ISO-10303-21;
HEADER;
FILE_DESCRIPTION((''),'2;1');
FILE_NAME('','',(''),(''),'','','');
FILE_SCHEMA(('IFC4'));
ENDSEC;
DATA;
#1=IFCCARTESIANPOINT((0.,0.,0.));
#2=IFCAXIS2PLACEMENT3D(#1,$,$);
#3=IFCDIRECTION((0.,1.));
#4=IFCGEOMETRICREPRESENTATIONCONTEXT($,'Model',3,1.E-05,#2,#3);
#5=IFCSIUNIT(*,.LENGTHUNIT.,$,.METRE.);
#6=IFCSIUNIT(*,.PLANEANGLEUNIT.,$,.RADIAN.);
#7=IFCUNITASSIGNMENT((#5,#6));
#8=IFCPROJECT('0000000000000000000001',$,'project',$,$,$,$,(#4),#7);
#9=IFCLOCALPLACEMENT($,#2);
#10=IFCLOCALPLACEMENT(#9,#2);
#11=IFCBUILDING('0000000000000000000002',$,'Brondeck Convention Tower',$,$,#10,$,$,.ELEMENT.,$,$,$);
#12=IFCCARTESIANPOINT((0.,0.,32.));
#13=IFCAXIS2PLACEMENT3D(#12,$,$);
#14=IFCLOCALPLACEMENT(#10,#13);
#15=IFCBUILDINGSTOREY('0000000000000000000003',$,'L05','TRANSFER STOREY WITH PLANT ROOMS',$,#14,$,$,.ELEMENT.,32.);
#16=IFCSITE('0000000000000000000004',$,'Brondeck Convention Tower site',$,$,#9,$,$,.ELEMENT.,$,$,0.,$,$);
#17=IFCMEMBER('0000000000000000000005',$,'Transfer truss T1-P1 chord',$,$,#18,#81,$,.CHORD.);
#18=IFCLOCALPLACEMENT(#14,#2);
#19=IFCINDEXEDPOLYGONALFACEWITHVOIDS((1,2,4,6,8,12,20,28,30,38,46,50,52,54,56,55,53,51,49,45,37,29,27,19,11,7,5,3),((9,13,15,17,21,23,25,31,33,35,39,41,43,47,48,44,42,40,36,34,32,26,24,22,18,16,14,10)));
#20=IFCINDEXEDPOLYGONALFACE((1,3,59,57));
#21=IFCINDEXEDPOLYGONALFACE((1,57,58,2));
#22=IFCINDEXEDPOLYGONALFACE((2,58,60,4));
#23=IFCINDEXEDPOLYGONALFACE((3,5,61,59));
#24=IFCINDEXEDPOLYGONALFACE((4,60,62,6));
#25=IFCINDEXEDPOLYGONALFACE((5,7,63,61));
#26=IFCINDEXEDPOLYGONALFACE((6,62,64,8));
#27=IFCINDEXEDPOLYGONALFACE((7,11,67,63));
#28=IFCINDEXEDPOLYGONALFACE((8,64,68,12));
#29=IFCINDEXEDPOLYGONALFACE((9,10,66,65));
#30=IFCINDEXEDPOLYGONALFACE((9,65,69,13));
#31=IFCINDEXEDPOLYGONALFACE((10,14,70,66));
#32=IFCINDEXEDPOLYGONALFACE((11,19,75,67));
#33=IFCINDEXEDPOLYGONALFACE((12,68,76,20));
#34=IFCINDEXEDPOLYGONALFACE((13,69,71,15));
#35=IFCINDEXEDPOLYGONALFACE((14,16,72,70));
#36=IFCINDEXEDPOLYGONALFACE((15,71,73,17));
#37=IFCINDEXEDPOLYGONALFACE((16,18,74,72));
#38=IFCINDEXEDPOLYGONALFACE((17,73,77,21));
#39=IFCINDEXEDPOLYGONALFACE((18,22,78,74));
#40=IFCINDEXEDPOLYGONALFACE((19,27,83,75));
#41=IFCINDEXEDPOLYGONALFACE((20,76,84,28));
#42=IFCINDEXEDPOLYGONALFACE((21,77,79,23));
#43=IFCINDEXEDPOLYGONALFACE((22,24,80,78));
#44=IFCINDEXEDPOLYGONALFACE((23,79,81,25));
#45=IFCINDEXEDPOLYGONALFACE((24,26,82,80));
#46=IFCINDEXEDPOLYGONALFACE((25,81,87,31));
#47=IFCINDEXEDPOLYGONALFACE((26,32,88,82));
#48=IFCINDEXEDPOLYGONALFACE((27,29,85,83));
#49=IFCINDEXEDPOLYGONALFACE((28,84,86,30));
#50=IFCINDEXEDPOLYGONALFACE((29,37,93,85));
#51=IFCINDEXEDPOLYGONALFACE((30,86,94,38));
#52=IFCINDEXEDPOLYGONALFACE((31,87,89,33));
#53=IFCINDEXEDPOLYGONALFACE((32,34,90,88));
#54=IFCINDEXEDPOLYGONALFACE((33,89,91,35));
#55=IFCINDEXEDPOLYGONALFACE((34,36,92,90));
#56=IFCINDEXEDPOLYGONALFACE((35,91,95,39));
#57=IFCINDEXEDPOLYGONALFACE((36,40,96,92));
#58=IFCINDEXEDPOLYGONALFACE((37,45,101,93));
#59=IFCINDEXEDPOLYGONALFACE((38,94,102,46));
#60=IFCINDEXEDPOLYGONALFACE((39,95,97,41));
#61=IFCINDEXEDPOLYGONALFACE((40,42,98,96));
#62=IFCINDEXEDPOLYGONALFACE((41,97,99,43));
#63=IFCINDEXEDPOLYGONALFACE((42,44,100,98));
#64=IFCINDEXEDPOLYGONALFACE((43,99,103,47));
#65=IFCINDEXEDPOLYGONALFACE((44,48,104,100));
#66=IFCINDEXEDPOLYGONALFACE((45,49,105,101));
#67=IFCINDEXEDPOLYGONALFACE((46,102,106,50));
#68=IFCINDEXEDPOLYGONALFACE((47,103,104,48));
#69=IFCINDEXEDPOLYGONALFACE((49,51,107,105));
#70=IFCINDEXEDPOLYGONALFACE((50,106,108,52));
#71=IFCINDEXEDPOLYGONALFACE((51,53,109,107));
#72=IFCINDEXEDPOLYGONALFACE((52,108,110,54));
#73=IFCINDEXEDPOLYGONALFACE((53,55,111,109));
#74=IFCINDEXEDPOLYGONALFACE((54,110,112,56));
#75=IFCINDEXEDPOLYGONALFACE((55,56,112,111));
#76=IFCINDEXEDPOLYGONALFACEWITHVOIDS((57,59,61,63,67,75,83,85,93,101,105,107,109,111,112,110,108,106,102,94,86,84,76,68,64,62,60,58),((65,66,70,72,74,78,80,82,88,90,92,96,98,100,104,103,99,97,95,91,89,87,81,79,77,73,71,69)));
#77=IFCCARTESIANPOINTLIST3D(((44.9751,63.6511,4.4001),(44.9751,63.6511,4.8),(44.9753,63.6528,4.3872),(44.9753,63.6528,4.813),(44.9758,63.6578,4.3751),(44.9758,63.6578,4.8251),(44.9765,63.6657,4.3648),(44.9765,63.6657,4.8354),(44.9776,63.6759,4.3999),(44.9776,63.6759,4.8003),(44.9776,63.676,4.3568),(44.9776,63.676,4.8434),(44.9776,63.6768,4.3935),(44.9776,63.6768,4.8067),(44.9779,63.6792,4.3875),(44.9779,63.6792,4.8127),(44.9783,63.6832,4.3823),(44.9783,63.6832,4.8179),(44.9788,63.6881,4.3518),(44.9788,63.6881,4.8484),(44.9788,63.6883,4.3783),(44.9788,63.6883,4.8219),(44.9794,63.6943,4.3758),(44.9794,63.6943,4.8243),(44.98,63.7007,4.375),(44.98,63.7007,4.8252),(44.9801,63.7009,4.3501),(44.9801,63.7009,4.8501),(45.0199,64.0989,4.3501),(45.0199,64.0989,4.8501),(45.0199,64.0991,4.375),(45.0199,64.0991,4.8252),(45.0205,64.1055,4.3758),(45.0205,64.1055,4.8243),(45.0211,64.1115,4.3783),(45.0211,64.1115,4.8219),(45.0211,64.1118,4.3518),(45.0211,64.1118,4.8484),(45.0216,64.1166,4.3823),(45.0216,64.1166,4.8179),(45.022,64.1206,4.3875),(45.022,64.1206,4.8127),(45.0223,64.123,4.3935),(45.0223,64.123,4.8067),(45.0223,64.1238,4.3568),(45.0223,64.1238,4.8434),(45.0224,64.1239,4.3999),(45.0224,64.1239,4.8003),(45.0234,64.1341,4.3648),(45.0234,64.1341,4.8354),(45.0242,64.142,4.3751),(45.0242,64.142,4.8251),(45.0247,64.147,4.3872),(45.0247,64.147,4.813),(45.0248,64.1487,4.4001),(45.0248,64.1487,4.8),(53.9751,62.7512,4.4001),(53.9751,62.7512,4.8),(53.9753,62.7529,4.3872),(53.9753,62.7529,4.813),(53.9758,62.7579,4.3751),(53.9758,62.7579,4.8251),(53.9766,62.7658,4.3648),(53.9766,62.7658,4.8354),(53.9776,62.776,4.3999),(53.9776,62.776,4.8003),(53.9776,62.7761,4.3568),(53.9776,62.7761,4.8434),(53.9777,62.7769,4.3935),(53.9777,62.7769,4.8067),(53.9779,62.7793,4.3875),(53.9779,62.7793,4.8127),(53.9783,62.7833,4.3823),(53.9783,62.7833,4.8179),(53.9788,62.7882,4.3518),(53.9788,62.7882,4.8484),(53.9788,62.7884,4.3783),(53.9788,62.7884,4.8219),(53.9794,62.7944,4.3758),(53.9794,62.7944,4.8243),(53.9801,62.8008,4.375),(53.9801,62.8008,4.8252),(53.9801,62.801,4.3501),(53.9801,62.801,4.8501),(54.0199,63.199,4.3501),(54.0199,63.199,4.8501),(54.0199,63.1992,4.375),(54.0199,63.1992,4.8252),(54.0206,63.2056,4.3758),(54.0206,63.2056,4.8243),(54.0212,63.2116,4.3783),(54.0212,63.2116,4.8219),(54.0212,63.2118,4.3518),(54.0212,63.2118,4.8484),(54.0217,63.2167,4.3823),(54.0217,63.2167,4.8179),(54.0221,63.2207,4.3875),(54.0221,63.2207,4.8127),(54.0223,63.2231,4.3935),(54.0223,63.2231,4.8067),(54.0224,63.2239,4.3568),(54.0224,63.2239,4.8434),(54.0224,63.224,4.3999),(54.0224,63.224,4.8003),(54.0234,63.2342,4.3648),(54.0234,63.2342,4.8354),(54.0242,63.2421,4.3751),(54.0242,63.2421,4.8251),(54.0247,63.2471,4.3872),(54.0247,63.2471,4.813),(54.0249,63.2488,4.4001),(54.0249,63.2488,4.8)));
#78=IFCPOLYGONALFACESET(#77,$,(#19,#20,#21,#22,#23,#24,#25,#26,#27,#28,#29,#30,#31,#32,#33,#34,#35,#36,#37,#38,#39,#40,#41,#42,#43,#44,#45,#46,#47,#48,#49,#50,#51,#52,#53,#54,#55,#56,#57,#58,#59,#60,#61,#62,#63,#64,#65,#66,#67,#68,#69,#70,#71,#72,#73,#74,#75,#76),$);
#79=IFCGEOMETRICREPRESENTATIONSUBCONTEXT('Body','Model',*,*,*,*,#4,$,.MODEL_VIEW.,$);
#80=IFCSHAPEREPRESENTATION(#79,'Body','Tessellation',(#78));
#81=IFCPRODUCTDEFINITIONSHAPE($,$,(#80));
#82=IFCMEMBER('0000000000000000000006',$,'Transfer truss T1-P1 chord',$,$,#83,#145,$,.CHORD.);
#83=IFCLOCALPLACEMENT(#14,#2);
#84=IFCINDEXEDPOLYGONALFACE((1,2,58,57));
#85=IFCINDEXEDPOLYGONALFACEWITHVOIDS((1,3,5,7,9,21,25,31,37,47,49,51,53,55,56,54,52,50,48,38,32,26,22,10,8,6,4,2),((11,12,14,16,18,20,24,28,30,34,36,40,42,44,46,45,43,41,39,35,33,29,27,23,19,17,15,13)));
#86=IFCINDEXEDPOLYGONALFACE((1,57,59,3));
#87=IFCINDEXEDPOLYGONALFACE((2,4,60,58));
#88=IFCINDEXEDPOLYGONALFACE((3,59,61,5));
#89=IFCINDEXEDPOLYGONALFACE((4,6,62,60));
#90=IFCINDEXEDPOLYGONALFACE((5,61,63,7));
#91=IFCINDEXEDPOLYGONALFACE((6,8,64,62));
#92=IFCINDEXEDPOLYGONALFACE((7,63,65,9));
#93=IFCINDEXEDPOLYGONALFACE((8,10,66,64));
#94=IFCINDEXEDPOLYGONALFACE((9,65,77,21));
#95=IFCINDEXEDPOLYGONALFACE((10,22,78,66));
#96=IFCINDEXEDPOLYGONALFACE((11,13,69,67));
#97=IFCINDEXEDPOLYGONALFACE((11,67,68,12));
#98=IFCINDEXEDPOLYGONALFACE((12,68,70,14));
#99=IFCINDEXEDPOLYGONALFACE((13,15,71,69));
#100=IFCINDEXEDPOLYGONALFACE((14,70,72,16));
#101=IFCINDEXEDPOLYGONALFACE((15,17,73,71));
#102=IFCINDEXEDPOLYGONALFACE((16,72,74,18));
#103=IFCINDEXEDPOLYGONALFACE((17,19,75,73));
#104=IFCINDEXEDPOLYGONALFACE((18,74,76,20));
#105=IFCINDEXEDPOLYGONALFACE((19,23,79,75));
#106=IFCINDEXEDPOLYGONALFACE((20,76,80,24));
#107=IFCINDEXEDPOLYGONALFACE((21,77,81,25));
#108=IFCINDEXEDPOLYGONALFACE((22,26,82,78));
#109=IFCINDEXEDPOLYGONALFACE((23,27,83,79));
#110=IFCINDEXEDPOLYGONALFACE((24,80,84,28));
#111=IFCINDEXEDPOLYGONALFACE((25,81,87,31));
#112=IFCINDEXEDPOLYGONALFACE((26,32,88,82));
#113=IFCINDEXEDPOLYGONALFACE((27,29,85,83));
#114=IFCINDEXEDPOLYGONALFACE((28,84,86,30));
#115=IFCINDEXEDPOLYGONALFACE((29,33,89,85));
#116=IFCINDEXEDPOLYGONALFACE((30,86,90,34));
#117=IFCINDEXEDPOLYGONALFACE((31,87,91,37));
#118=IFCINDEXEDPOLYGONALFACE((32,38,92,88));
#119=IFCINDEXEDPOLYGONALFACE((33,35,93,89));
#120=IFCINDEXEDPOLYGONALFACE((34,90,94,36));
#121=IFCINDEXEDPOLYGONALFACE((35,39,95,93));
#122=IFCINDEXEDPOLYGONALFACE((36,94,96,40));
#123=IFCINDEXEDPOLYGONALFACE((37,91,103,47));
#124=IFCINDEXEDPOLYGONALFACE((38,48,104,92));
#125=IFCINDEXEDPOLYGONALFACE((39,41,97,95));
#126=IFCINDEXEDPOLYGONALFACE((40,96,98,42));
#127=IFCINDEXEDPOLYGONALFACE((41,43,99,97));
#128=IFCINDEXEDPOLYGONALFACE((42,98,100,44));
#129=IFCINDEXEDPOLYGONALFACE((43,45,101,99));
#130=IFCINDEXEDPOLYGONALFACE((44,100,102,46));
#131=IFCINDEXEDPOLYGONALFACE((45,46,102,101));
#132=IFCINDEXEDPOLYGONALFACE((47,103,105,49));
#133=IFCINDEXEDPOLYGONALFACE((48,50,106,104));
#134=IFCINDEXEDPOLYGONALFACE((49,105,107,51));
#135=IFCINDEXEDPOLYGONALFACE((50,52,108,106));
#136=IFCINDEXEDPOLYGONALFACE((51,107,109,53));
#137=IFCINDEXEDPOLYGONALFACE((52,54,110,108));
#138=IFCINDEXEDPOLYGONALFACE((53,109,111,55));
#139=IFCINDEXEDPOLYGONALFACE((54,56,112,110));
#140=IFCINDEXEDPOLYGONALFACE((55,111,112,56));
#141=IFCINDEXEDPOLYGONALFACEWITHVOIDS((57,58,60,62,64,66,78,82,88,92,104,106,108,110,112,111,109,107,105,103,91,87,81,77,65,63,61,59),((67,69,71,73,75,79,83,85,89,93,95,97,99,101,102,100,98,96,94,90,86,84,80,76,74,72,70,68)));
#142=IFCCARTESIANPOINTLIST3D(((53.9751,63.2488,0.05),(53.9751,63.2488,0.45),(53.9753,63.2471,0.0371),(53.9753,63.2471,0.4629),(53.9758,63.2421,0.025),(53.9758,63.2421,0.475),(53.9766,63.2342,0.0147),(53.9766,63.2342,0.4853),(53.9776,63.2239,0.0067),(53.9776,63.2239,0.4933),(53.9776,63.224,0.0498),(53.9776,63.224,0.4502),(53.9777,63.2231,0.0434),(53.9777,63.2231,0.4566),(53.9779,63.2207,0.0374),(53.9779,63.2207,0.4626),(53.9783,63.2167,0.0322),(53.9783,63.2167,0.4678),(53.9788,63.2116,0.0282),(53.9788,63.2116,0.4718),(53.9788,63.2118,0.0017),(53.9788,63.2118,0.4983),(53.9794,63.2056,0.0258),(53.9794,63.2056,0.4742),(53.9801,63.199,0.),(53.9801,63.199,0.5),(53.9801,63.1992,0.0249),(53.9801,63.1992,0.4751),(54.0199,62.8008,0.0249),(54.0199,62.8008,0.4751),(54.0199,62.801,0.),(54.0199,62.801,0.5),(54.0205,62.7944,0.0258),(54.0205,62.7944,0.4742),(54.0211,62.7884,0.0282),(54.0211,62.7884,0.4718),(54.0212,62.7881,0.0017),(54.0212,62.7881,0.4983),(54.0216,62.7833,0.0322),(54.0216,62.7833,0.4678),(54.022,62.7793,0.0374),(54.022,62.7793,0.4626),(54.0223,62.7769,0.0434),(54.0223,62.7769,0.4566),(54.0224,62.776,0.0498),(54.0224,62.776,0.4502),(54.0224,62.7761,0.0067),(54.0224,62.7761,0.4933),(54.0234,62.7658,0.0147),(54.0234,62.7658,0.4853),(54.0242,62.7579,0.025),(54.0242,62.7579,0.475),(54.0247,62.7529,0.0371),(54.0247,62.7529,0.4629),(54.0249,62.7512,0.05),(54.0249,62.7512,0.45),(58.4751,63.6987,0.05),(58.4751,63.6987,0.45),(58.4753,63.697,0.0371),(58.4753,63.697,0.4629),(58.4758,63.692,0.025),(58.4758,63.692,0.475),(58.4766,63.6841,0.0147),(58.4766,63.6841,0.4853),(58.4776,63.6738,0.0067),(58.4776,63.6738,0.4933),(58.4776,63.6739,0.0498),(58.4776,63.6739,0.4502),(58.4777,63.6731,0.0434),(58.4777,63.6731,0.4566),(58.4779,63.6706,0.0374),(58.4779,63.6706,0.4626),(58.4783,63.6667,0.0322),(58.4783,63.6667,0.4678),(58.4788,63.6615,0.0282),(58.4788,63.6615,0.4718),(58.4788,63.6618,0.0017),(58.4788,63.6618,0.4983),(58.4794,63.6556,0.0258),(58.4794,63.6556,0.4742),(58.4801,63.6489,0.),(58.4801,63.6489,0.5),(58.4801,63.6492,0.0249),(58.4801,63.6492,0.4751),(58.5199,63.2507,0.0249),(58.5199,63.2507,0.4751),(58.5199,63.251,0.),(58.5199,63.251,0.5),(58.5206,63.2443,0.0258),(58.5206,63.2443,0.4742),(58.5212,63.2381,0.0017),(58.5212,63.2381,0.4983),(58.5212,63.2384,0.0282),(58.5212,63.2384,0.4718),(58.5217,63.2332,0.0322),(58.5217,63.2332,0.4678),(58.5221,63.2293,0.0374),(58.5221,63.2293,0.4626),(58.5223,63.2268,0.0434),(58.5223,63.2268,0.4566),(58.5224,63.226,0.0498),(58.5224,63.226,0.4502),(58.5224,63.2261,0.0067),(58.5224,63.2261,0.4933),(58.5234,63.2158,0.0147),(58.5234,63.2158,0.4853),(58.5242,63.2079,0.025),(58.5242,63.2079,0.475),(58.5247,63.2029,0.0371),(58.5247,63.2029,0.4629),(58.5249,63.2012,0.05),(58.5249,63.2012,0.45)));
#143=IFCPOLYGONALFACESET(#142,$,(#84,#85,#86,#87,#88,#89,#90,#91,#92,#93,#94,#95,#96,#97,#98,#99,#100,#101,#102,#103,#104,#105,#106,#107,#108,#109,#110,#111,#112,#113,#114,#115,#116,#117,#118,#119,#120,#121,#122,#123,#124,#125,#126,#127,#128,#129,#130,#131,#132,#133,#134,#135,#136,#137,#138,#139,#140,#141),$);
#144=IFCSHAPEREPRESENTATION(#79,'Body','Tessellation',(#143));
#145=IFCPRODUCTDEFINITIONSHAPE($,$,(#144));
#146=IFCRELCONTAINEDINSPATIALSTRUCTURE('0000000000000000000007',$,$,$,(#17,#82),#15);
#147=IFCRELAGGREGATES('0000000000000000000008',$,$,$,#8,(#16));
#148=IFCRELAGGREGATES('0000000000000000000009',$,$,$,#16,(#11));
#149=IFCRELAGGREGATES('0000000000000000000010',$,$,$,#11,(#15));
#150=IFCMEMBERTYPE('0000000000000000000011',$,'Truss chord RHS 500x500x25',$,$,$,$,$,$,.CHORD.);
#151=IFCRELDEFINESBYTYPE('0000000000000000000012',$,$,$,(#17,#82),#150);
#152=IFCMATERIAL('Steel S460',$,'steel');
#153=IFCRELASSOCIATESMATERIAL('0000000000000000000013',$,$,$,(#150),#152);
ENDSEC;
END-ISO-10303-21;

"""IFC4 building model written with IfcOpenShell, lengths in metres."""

from ifc_helpers import new_model, si_unit, direction, frame, origin, origin_2d, place, context, subcontext, project, spatial, hollow_rectangle, extrude, material, material_profile, profile_set, type_object, element, save


model = new_model("IFC4")

# Units and contexts
model_context = context("Model", 3, precision=1e-05, world=origin(), true_north=direction((0.0, 1.0)))
body_context = subcontext(model_context, "Body", "Model", "MODEL_VIEW")
ifc_project = project(units=[si_unit("LENGTHUNIT", "METRE"), si_unit("PLANEANGLEUNIT", "RADIAN")], contexts=[model_context])

# Site, building, storey
site_placement = place(None, origin())
site = spatial("IfcSite", under=ifc_project, at=site_placement, Name="Brondeck Convention Tower site", CompositionType="ELEMENT", RefElevation=0.0)
building_placement = place(site_placement, origin())
building = spatial("IfcBuilding", under=site, at=building_placement, Name="Brondeck Convention Tower", CompositionType="ELEMENT")
storey_placement = place(building_placement, frame((0.0, 0.0, 32.0)))
storey = spatial("IfcBuildingStorey", under=building, at=storey_placement, Name="L05", Description="TRANSFER STOREY WITH PLANT ROOMS", CompositionType="ELEMENT", Elevation=32.0)

# Shared definitions
ifc_material_1 = material(Name="Steel S460", Category="steel")

# Members
ifc_material_profile_1 = material_profile(ifc_material_1, hollow_rectangle(XDim=0.5, YDim=0.5, WallThickness=0.0249, InnerFilletRadius=0.0249, OuterFilletRadius=0.05, at=origin_2d()), Name="RHS 500x500x25")
ifc_profile_set_1 = profile_set([ifc_material_profile_1], Name="Steel S460")
member_type_1 = type_object("IfcMemberType", Name="Truss chord RHS 500x500x25", PredefinedType="CHORD", material=ifc_profile_set_1)
member_1_placement = place(storey_placement, frame((54.0, 63.0, 4.6001), z_axis=(-0.995038, 0.099493, 0.0), x_axis=(-0.099493, -0.995038, 0.0)))
element("IfcMember", 1, at=member_1_placement, inside=storey, type_object=member_type_1, Name="Transfer truss T1-P1 chord", PredefinedType="CHORD", context=body_context, shape_type="SweptSolid", body=[
    extrude(hollow_rectangle(XDim=0.5, YDim=0.5, WallThickness=0.0249, InnerFilletRadius=0.0249, OuterFilletRadius=0.05, at=origin_2d()), origin(), (0.0, 0.0, 1.0), 9.0449),
])
for number, where, z_axis, x_axis, name in (
    (2, (58.5, 63.45, 0.25), (-0.995038, -0.099493, 0.0), (0.099493, -0.995038, 0.0), "Transfer truss T1-P1 chord"),
):
    element("IfcMember", number, at=place(storey_placement, frame(where, z_axis=z_axis, x_axis=x_axis)), inside=storey, type_object=member_type_1, Name=name, PredefinedType="CHORD", context=body_context, shape_type="SweptSolid", body=[
        extrude(hollow_rectangle(XDim=0.5, YDim=0.5, WallThickness=0.0249, InnerFilletRadius=0.0249, OuterFilletRadius=0.05, at=origin_2d()), origin(), (0.0, 0.0, 1.0), 4.5225),
    ])

save(model, "model.ifc")
